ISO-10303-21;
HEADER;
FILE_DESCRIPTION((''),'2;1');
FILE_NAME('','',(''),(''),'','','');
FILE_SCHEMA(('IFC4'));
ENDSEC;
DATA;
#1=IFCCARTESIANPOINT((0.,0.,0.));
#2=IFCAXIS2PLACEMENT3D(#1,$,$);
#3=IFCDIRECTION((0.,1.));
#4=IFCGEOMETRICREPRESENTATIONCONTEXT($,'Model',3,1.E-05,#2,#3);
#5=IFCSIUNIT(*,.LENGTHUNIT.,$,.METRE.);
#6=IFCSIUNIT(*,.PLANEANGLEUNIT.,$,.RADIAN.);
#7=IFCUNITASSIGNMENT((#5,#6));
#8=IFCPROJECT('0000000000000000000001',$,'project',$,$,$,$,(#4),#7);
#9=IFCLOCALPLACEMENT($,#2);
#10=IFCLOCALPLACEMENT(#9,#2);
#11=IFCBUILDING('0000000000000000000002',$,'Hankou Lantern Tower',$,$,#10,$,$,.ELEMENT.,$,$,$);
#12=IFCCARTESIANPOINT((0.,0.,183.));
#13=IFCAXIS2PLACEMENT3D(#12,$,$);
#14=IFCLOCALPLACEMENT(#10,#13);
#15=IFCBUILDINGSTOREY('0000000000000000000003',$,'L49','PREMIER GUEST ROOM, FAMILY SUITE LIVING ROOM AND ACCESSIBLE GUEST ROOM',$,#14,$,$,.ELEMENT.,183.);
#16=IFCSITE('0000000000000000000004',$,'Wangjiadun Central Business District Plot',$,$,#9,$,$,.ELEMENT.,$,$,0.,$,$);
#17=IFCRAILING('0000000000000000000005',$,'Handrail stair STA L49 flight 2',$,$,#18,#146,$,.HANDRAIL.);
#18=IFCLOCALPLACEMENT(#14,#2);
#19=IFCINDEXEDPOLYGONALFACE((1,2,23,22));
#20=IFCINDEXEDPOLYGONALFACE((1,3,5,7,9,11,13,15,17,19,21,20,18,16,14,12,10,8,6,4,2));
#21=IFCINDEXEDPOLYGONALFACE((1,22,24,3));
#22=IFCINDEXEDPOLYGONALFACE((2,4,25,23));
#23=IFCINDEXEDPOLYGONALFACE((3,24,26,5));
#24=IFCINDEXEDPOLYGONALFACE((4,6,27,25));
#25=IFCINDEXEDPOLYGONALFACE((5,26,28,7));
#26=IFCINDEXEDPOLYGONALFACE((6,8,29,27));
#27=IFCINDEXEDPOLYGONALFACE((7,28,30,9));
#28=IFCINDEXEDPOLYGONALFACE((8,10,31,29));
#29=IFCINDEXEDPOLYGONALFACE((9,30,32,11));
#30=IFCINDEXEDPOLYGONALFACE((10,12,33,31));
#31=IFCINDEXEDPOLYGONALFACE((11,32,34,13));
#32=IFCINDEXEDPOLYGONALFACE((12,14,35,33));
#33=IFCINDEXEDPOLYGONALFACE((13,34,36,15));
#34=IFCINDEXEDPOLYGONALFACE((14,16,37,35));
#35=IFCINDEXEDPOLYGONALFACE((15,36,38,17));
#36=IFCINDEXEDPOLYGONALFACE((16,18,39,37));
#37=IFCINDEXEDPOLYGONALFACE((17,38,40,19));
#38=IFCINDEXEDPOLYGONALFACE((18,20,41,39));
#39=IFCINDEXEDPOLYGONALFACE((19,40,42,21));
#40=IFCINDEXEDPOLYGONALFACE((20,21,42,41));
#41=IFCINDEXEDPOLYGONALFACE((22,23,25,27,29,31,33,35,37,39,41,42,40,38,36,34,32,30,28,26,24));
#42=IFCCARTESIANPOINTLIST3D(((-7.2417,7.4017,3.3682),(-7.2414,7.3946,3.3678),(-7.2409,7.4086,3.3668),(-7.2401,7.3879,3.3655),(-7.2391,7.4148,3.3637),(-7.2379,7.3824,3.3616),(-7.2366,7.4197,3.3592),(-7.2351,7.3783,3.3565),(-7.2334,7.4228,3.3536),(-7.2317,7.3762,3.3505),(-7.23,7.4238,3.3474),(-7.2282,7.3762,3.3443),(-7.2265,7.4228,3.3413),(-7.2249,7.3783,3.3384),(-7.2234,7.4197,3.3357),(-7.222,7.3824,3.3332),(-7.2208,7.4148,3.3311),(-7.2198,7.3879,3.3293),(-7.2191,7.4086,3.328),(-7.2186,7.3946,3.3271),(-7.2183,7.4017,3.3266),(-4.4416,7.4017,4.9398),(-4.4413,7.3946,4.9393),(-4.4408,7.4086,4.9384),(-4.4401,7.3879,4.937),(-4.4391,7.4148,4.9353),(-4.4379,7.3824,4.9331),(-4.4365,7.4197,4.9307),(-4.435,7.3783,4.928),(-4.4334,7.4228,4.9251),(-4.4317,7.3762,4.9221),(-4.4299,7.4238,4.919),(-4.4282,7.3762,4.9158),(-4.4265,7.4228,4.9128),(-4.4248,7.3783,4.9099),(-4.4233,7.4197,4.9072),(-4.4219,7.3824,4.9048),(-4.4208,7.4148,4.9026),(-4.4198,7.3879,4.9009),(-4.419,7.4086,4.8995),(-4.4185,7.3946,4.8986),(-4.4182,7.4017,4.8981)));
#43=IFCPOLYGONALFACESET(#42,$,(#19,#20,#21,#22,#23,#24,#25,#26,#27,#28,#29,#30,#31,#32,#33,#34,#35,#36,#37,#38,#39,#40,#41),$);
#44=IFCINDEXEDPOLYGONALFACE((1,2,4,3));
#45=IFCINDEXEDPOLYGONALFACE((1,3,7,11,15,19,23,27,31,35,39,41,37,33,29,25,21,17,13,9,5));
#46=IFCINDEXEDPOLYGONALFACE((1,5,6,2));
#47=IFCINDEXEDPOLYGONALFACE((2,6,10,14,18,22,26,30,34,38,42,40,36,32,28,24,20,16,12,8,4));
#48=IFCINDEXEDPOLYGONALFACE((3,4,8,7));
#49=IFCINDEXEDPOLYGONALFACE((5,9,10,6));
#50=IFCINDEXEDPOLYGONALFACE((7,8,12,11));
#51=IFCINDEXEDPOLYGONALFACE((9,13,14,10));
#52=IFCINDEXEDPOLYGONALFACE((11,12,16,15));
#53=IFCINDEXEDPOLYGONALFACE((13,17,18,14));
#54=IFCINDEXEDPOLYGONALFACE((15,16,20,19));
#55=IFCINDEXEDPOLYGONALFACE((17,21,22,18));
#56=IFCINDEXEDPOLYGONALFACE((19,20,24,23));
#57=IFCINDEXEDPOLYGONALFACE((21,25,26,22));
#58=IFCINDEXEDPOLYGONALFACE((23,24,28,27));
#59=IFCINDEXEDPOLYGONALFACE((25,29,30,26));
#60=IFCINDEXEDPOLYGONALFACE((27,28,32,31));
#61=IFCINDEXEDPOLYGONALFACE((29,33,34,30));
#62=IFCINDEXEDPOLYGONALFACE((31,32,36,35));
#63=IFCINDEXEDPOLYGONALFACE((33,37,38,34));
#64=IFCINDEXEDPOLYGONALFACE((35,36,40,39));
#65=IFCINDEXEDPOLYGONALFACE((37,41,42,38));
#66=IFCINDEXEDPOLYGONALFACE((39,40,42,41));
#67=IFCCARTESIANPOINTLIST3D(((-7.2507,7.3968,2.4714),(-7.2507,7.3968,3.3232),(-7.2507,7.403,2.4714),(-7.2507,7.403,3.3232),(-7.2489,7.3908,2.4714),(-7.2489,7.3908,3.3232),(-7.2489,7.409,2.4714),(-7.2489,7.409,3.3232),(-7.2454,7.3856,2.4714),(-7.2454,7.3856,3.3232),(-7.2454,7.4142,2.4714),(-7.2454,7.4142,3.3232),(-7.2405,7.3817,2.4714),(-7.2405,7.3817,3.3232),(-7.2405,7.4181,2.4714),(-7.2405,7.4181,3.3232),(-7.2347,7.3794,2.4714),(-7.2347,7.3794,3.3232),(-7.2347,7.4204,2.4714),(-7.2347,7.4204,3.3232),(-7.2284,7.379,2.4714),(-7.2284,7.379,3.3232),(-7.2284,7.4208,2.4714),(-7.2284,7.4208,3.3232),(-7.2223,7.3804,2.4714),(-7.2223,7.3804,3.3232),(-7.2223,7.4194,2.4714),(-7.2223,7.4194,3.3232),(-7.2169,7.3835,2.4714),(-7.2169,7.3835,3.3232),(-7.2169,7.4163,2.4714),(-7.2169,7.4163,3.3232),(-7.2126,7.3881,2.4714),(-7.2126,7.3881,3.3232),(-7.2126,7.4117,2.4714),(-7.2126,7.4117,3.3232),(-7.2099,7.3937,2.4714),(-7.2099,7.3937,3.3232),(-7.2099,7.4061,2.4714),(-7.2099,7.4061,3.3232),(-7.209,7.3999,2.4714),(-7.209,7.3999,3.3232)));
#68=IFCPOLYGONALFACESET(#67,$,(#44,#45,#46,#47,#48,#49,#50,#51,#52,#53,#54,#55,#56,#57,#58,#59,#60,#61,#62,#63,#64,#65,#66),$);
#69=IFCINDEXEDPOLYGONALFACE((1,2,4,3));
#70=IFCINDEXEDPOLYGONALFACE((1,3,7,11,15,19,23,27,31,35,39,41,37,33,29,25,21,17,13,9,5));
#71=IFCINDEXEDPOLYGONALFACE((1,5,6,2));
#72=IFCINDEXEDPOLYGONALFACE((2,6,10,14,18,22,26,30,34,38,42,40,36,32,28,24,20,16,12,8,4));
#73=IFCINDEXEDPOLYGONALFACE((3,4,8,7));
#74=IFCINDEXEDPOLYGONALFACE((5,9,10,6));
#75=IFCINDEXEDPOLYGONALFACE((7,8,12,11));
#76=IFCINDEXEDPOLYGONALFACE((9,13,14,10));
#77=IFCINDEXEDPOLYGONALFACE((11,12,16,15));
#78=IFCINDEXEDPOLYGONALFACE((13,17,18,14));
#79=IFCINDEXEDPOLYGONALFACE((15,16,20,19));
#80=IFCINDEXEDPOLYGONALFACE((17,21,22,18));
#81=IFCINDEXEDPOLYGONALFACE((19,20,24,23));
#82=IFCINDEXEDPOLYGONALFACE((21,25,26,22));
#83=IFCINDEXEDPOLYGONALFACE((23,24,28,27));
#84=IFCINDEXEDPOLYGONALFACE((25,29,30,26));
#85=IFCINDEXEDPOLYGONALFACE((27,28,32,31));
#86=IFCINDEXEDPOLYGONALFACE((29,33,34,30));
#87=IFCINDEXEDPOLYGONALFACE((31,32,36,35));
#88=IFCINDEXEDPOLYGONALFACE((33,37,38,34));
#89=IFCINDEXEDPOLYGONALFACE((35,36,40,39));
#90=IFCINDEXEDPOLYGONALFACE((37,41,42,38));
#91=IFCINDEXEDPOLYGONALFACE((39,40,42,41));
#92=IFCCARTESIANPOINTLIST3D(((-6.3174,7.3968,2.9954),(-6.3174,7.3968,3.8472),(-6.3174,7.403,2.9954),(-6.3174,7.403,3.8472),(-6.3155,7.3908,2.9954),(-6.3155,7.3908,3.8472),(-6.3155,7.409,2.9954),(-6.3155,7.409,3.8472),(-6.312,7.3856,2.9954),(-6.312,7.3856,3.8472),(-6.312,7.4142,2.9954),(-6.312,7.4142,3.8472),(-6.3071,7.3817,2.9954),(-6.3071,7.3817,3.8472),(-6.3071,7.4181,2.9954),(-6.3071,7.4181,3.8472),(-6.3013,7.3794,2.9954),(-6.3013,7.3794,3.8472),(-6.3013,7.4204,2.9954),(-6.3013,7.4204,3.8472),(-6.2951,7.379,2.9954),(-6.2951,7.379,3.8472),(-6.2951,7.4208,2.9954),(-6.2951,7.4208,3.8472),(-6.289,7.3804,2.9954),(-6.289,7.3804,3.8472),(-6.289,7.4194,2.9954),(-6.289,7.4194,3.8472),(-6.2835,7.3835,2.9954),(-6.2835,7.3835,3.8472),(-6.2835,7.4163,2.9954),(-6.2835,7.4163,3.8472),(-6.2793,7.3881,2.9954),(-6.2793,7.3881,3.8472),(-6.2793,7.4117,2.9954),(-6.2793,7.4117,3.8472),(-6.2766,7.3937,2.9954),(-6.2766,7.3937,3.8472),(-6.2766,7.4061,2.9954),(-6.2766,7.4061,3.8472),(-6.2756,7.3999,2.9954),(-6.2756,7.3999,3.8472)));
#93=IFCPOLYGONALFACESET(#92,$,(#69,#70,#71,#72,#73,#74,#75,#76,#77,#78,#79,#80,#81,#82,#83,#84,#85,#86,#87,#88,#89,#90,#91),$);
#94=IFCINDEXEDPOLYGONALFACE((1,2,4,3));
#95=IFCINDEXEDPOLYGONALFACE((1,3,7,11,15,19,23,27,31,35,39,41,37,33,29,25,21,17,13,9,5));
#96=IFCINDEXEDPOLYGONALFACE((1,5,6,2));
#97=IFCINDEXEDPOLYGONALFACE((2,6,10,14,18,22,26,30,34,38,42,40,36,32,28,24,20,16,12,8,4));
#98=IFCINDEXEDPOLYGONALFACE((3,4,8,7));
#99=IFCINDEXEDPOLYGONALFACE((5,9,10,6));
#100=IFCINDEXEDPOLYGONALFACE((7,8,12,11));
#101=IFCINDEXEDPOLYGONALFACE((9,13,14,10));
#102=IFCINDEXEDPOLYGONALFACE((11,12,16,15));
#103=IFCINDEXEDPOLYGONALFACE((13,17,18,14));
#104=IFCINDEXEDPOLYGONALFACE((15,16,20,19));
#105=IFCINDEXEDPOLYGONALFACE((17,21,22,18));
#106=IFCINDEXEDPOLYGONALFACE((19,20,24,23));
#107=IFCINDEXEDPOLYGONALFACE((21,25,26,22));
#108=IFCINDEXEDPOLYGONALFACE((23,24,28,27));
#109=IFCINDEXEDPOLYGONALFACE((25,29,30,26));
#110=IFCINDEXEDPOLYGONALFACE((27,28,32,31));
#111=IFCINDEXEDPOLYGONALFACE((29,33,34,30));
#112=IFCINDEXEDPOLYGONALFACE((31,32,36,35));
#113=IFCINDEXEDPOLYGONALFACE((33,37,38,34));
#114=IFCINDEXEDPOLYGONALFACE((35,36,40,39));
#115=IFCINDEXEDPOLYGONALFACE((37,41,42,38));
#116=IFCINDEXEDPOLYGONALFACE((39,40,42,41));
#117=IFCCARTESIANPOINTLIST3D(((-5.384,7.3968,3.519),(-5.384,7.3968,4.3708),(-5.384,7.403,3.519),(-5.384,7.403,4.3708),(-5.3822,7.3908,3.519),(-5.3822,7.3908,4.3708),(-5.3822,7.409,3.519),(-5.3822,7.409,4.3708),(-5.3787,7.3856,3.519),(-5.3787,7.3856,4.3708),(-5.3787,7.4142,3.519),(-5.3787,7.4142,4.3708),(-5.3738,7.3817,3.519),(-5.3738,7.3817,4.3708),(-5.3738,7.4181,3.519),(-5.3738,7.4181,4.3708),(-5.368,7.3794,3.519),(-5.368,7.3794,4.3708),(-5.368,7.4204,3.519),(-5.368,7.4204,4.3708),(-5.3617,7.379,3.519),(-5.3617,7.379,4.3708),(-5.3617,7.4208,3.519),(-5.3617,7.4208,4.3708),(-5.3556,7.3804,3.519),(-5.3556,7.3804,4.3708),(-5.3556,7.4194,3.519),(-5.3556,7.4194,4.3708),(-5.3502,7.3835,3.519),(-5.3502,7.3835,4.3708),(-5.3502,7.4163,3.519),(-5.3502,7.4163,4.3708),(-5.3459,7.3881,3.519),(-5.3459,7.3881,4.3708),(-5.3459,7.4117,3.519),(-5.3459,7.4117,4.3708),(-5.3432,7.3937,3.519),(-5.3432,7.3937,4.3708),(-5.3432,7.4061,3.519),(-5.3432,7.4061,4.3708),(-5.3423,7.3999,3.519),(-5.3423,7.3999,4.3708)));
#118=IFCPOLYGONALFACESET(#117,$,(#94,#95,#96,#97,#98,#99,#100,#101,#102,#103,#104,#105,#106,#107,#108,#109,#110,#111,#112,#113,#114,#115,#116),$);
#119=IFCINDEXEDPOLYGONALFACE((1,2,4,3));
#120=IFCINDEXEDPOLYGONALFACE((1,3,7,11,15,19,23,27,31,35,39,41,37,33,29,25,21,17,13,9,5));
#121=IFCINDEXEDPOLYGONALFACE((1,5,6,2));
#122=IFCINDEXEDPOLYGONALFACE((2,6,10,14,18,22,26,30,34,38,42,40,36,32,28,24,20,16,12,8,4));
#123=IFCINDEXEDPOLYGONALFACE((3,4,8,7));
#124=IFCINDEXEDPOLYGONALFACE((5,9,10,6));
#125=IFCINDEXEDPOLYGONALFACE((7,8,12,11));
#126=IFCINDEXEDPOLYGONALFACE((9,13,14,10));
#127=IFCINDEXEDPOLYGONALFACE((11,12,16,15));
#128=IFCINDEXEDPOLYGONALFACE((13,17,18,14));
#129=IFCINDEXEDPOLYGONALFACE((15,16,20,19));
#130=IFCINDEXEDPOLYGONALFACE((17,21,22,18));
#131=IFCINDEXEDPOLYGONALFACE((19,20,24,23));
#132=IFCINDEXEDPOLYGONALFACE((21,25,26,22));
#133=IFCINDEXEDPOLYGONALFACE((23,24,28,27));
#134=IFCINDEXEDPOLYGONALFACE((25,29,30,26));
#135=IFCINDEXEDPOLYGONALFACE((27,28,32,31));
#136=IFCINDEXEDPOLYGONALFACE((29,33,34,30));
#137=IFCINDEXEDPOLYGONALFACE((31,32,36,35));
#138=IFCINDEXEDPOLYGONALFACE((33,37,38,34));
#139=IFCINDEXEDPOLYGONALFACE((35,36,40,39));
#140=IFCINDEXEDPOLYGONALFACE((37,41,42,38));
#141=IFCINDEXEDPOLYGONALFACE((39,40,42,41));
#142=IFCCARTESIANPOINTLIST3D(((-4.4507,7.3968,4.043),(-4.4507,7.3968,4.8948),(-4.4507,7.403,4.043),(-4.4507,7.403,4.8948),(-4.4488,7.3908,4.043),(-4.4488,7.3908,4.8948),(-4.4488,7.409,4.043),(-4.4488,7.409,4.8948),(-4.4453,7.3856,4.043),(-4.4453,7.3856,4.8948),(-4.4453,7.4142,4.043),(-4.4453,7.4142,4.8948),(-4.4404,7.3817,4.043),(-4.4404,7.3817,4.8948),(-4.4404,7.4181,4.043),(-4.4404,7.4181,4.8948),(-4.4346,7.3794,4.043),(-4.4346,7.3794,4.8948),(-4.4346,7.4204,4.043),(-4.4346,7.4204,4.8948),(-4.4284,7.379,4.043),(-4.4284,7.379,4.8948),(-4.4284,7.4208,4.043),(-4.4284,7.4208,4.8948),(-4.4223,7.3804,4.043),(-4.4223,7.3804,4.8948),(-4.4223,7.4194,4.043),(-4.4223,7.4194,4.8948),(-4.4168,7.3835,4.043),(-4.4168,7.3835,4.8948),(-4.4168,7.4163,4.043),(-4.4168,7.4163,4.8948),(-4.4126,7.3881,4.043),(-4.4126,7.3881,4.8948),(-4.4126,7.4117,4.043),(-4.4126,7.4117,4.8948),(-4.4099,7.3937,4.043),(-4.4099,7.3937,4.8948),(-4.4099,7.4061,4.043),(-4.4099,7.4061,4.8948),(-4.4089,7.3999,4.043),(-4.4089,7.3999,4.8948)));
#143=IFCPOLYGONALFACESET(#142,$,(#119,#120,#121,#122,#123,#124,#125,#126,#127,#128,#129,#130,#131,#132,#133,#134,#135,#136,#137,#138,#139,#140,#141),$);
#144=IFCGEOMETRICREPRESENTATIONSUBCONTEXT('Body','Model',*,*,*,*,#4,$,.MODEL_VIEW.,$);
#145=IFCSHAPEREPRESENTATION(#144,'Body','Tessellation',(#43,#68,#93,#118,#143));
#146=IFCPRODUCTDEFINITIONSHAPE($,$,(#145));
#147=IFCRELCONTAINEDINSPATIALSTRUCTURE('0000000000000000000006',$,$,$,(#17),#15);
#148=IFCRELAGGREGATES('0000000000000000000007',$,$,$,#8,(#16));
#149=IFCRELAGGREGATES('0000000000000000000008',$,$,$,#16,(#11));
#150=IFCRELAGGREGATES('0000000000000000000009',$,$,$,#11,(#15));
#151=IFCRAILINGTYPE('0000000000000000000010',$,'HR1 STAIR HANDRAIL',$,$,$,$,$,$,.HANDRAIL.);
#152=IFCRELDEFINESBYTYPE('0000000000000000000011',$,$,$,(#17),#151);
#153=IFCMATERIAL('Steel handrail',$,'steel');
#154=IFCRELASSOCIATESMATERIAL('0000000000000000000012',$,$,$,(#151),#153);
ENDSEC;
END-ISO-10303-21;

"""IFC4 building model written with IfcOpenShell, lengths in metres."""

from ifc_helpers import new_model, si_unit, direction, frame, origin, origin_2d, place, context, subcontext, project, spatial, circle, extrude, material, type_object, element, save


model = new_model("IFC4")

# Units and contexts
model_context = context("Model", 3, precision=1e-05, world=origin(), true_north=direction((0.0, 1.0)))
body_context = subcontext(model_context, "Body", "Model", "MODEL_VIEW")
ifc_project = project(units=[si_unit("LENGTHUNIT", "METRE"), si_unit("PLANEANGLEUNIT", "RADIAN")], contexts=[model_context])

# Site, building, storey
site_placement = place(None, origin())
site = spatial("IfcSite", under=ifc_project, at=site_placement, Name="Wangjiadun Central Business District Plot", CompositionType="ELEMENT", RefElevation=0.0)
building_placement = place(site_placement, origin())
building = spatial("IfcBuilding", under=site, at=building_placement, Name="Hankou Lantern Tower", CompositionType="ELEMENT")
storey_placement = place(building_placement, frame((0.0, 0.0, 183.0)))
storey = spatial("IfcBuildingStorey", under=building, at=storey_placement, Name="L49", Description="PREMIER GUEST ROOM, FAMILY SUITE LIVING ROOM AND ACCESSIBLE GUEST ROOM", CompositionType="ELEMENT", Elevation=183.0)

# Railing
ifc_material_1 = material(Name="Steel handrail", Category="steel")
railing_type = type_object("IfcRailingType", Name="HR1 STAIR HANDRAIL", PredefinedType="HANDRAIL", material=ifc_material_1)
railing_1_placement = place(storey_placement, frame((-7.23, 7.3999, 2.4714)))
element("IfcRailing", 1, at=railing_1_placement, inside=storey, type_object=railing_type, Name="Handrail stair STA L49 flight 2", PredefinedType="HANDRAIL", context=body_context, shape_type="SweptSolid", body=[
    extrude(circle(Radius=0.0239, at=origin_2d()), frame((0.0, 0.0, 0.876), z_axis=(0.87204, 0.0, 0.489434), x_axis=(0.0, 1.0, 0.0)), (0.0, 0.0, 1.0), 3.2109),
    extrude(circle(Radius=0.021, at=origin_2d()), origin(), (0.0, 0.0, 1.0), 0.8518),
    extrude(circle(Radius=0.021, at=origin_2d()), frame((0.9333, 0.0, 0.5239)), (0.0, 0.0, 1.0), 0.8518),
    extrude(circle(Radius=0.021, at=origin_2d()), frame((1.8667, 0.0, 1.0476)), (0.0, 0.0, 1.0), 0.8518),
    extrude(circle(Radius=0.021, at=origin_2d()), frame((2.8, 0.0, 1.5715)), (0.0, 0.0, 1.0), 0.8518),
])

save(model, "model.ifc")
